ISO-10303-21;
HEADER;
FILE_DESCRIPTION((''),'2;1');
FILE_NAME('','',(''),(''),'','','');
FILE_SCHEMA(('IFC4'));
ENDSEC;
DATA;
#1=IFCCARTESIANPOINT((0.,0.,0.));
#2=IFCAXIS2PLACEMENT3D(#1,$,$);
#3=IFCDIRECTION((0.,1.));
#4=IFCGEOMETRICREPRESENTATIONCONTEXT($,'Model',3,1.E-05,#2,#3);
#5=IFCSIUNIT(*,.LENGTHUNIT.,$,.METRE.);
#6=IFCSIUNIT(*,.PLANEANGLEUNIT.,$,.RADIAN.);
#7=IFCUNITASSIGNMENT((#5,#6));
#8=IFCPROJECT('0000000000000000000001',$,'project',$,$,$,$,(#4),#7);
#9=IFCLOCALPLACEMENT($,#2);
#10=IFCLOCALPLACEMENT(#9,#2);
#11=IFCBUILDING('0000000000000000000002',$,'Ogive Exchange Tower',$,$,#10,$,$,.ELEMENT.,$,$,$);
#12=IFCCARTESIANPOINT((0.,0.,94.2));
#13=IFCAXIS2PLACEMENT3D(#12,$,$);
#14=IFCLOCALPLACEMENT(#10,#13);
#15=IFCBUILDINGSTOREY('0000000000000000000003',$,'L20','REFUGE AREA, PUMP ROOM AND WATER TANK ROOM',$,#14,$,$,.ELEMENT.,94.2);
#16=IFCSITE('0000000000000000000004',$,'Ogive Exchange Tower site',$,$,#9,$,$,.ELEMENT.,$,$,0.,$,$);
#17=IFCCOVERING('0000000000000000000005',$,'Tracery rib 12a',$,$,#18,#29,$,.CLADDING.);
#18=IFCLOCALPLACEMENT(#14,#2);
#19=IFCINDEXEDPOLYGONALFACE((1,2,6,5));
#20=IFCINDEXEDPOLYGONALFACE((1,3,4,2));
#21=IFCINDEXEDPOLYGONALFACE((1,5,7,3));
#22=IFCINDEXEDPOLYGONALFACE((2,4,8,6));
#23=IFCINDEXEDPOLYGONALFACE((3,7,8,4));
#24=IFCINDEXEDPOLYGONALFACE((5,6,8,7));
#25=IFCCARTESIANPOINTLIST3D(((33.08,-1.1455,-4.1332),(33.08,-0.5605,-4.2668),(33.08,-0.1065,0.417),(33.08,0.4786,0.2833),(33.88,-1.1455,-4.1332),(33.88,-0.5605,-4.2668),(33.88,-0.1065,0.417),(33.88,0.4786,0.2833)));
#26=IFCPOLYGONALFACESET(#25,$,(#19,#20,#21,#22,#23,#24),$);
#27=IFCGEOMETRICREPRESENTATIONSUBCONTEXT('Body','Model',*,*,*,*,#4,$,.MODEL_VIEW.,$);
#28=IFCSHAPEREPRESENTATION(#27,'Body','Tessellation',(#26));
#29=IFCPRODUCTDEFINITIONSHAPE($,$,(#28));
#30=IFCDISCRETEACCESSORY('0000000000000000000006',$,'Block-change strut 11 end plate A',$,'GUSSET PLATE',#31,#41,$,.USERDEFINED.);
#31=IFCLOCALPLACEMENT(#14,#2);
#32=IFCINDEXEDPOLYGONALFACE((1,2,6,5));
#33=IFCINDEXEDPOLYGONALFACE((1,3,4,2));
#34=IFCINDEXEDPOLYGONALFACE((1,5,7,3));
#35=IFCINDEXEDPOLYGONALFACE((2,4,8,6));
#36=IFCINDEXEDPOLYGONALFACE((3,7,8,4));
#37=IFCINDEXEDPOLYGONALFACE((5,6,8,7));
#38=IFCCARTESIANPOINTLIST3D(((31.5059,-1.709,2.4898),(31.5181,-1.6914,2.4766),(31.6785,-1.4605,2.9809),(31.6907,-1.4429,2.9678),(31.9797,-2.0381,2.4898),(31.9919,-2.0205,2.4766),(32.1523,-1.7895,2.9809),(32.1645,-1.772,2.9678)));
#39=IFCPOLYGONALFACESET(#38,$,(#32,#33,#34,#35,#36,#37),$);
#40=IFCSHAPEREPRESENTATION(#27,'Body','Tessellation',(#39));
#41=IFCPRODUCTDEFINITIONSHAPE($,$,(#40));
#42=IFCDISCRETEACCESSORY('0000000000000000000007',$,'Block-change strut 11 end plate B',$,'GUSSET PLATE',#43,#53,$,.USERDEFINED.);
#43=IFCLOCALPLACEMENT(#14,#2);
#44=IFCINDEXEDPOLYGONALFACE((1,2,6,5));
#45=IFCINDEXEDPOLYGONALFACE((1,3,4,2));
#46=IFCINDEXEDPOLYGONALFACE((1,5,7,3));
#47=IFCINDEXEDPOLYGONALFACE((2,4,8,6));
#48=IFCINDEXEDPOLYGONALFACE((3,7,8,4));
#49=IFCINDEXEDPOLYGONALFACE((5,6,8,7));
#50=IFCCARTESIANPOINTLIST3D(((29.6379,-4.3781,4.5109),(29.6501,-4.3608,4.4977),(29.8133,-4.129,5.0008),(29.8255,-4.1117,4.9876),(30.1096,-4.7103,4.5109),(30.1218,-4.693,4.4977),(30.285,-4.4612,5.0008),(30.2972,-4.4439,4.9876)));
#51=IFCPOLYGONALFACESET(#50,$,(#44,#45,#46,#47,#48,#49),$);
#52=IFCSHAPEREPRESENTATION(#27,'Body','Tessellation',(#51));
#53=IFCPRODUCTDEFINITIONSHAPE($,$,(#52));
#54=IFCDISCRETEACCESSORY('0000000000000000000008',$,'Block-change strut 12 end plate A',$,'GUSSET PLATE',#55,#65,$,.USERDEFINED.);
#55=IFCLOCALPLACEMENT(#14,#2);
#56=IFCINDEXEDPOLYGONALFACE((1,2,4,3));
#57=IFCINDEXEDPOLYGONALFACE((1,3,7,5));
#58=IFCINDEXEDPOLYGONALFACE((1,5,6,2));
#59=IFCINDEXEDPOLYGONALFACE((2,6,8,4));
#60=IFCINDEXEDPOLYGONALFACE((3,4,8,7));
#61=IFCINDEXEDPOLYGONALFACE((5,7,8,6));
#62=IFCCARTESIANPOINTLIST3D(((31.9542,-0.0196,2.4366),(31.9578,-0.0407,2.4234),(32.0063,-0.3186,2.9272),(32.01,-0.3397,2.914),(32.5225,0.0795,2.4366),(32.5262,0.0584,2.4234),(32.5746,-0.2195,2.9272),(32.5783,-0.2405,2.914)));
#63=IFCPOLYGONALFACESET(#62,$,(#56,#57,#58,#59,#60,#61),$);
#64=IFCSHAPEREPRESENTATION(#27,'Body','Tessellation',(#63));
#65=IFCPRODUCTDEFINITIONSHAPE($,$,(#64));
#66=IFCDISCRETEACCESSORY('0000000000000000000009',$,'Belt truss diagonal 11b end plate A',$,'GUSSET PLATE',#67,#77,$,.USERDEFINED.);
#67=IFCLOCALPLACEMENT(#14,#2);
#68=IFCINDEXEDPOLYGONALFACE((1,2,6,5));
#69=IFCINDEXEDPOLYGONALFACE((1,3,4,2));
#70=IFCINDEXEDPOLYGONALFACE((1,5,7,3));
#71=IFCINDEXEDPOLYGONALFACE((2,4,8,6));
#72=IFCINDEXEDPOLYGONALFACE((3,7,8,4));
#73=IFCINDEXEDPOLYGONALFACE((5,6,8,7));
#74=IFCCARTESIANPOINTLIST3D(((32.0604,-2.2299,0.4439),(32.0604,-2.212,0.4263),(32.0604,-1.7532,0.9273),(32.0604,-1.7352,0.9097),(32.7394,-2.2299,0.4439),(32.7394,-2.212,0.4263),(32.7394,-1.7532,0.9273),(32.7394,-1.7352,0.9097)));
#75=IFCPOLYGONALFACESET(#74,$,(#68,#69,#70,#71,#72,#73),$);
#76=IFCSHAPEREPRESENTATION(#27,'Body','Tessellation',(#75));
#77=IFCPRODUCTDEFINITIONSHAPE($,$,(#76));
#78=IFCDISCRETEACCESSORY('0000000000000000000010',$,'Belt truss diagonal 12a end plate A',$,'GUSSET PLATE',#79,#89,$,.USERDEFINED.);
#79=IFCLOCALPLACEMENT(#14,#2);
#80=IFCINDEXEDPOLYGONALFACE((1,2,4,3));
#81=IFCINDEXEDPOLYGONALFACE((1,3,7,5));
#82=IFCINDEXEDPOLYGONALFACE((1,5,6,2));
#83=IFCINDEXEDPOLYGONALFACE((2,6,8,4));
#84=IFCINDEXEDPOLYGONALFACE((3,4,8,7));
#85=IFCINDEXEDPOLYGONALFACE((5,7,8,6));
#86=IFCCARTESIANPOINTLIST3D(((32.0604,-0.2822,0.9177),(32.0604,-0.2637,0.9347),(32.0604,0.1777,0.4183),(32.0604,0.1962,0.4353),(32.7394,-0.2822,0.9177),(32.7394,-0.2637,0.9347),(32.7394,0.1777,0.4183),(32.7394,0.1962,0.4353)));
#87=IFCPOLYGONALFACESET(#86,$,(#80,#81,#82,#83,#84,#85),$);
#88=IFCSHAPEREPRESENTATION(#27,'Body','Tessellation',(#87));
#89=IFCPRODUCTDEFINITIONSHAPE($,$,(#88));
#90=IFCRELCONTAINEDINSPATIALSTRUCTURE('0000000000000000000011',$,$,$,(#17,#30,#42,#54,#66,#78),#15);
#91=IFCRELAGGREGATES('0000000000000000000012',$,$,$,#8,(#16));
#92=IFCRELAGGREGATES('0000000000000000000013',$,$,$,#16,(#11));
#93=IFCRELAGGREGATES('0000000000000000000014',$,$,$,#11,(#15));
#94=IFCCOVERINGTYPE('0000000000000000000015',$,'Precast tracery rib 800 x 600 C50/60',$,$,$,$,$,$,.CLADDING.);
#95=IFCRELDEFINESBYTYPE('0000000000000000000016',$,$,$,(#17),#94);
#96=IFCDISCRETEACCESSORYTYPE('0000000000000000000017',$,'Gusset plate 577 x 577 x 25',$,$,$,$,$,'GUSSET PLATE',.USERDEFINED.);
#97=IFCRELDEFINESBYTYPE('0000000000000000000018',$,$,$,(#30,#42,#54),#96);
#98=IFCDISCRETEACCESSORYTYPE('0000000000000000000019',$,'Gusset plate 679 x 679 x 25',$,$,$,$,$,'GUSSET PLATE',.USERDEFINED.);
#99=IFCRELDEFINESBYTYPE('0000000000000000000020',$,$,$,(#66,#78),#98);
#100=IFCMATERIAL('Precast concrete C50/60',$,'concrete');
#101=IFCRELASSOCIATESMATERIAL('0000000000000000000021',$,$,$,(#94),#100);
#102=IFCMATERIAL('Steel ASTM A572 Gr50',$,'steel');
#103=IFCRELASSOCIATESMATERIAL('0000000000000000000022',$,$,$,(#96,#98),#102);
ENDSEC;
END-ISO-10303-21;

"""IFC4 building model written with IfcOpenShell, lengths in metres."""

from ifc_helpers import new_model, si_unit, direction, frame, origin, origin_2d, place, context, subcontext, project, spatial, rectangle, extrude, material, material_profile, profile_set, type_object, element, save


model = new_model("IFC4")

# Units and contexts
model_context = context("Model", 3, precision=1e-05, world=origin(), true_north=direction((0.0, 1.0)))
body_context = subcontext(model_context, "Body", "Model", "MODEL_VIEW")
ifc_project = project(units=[si_unit("LENGTHUNIT", "METRE"), si_unit("PLANEANGLEUNIT", "RADIAN")], contexts=[model_context])

# Site, building, storey
site_placement = place(None, origin())
site = spatial("IfcSite", under=ifc_project, at=site_placement, Name="Ogive Exchange Tower site", CompositionType="ELEMENT", RefElevation=0.0)
building_placement = place(site_placement, origin())
building = spatial("IfcBuilding", under=site, at=building_placement, Name="Ogive Exchange Tower", CompositionType="ELEMENT")
storey_placement = place(building_placement, frame((0.0, 0.0, 94.2)))
storey = spatial("IfcBuildingStorey", under=building, at=storey_placement, Name="L20", Description="REFUGE AREA, PUMP ROOM AND WATER TANK ROOM", CompositionType="ELEMENT", Elevation=94.2)

# Covering
ifc_material_1 = material(Name="Precast concrete C50/60", Category="concrete")
ifc_material_profile_1 = material_profile(ifc_material_1, rectangle(XDim=0.8, YDim=0.6001, at=origin_2d()), Name="RIB 800 x 600")
ifc_profile_set_1 = profile_set([ifc_material_profile_1], Name="Precast concrete C50/60")
covering_type = type_object("IfcCoveringType", Name="Precast tracery rib 800 x 600 C50/60", PredefinedType="CLADDING", material=ifc_profile_set_1)
covering_1_placement = place(storey_placement, frame((33.48, -0.853, -4.2), z_axis=(0.0, 0.222632, 0.974903), x_axis=(-1.0, 0.0, 0.0)))
element("IfcCovering", 1, at=covering_1_placement, inside=storey, type_object=covering_type, Name="Tracery rib 12a", PredefinedType="CLADDING", context=body_context, shape_type="SweptSolid", body=[
    extrude(rectangle(XDim=0.8, YDim=0.6001, at=origin_2d()), origin(), (0.0, 0.0, 1.0), 4.6672),
])

# Discrete accessories
ifc_material_2 = material(Name="Steel ASTM A572 Gr50", Category="steel")
ifc_material_profile_2 = material_profile(ifc_material_2, rectangle(XDim=0.5769, YDim=0.5769, at=origin_2d()), Name="PL 577 x 577 x 25")
ifc_profile_set_2 = profile_set([ifc_material_profile_2], Name="Steel ASTM A572 Gr50")
discrete_accessory_type_1 = type_object("IfcDiscreteAccessoryType", Name="Gusset plate 577 x 577 x 25", ElementType="GUSSET PLATE", PredefinedType="USERDEFINED", material=ifc_profile_set_2)
discrete_accessory_1_placement = place(storey_placement, frame((31.8413, -1.7317, 2.7222), z_axis=(-0.485643, -0.699326, 0.524494), x_axis=(0.82137, -0.570396, 0.0)))
element("IfcDiscreteAccessory", 2, at=discrete_accessory_1_placement, inside=storey, type_object=discrete_accessory_type_1, Name="Block-change strut 11 end plate A", ObjectType="GUSSET PLATE", PredefinedType="USERDEFINED", context=body_context, shape_type="SweptSolid", body=[
    extrude(rectangle(XDim=0.5769, YDim=0.5769, at=origin_2d()), origin(), (0.0, 0.0, 1.0), 0.0251),
])
discrete_accessory_2_placement = place(storey_placement, frame((29.9736, -4.4023, 4.7427), z_axis=(-0.488952, -0.694312, 0.528068), x_axis=(0.817606, -0.575779, 0.0)))
element("IfcDiscreteAccessory", 3, at=discrete_accessory_2_placement, inside=storey, type_object=discrete_accessory_type_1, Name="Block-change strut 11 end plate B", ObjectType="GUSSET PLATE", PredefinedType="USERDEFINED", context=body_context, shape_type="SweptSolid", body=[
    extrude(rectangle(XDim=0.5769, YDim=0.5769, at=origin_2d()), origin(), (0.0, 0.0, 1.0), 0.0249),
])
discrete_accessory_3_placement = place(storey_placement, frame((32.2681, -0.1406, 2.6687), z_axis=(-0.146128, 0.837799, 0.52606), x_axis=(-0.985128, -0.171825, 0.0)))
element("IfcDiscreteAccessory", 4, at=discrete_accessory_3_placement, inside=storey, type_object=discrete_accessory_type_1, Name="Block-change strut 12 end plate A", ObjectType="GUSSET PLATE", PredefinedType="USERDEFINED", context=body_context, shape_type="SweptSolid", body=[
    extrude(rectangle(XDim=0.5769, YDim=0.5769, at=origin_2d()), origin(), (0.0, 0.0, 1.0), 0.0251),
])
ifc_material_profile_3 = material_profile(ifc_material_2, rectangle(XDim=0.679, YDim=0.679, at=origin_2d()), Name="PL 679 x 679 x 25")
ifc_profile_set_3 = profile_set([ifc_material_profile_3], Name="Steel ASTM A572 Gr50")
discrete_accessory_type_2 = type_object("IfcDiscreteAccessoryType", Name="Gusset plate 679 x 679 x 25", ElementType="GUSSET PLATE", PredefinedType="USERDEFINED", material=ifc_profile_set_3)
for number, where, z_axis, x_axis, name in (
    (5, (32.3999, -1.9736, 0.668), (0.0, -0.711966, 0.702213), (1.0, 0.0, 0.0), "Belt truss diagonal 11b end plate A"),
    (6, (32.3999, -0.0522, 0.668), (0.0, 0.735545, 0.677476), (-1.0, 0.0, 0.0), "Belt truss diagonal 12a end plate A"),
):
    element("IfcDiscreteAccessory", number, at=place(storey_placement, frame(where, z_axis=z_axis, x_axis=x_axis)), inside=storey, type_object=discrete_accessory_type_2, Name=name, ObjectType="GUSSET PLATE", PredefinedType="USERDEFINED", context=body_context, shape_type="SweptSolid", body=[
        extrude(rectangle(XDim=0.679, YDim=0.679, at=origin_2d()), origin(), (0.0, 0.0, 1.0), 0.0251),
    ])

save(model, "model.ifc")
